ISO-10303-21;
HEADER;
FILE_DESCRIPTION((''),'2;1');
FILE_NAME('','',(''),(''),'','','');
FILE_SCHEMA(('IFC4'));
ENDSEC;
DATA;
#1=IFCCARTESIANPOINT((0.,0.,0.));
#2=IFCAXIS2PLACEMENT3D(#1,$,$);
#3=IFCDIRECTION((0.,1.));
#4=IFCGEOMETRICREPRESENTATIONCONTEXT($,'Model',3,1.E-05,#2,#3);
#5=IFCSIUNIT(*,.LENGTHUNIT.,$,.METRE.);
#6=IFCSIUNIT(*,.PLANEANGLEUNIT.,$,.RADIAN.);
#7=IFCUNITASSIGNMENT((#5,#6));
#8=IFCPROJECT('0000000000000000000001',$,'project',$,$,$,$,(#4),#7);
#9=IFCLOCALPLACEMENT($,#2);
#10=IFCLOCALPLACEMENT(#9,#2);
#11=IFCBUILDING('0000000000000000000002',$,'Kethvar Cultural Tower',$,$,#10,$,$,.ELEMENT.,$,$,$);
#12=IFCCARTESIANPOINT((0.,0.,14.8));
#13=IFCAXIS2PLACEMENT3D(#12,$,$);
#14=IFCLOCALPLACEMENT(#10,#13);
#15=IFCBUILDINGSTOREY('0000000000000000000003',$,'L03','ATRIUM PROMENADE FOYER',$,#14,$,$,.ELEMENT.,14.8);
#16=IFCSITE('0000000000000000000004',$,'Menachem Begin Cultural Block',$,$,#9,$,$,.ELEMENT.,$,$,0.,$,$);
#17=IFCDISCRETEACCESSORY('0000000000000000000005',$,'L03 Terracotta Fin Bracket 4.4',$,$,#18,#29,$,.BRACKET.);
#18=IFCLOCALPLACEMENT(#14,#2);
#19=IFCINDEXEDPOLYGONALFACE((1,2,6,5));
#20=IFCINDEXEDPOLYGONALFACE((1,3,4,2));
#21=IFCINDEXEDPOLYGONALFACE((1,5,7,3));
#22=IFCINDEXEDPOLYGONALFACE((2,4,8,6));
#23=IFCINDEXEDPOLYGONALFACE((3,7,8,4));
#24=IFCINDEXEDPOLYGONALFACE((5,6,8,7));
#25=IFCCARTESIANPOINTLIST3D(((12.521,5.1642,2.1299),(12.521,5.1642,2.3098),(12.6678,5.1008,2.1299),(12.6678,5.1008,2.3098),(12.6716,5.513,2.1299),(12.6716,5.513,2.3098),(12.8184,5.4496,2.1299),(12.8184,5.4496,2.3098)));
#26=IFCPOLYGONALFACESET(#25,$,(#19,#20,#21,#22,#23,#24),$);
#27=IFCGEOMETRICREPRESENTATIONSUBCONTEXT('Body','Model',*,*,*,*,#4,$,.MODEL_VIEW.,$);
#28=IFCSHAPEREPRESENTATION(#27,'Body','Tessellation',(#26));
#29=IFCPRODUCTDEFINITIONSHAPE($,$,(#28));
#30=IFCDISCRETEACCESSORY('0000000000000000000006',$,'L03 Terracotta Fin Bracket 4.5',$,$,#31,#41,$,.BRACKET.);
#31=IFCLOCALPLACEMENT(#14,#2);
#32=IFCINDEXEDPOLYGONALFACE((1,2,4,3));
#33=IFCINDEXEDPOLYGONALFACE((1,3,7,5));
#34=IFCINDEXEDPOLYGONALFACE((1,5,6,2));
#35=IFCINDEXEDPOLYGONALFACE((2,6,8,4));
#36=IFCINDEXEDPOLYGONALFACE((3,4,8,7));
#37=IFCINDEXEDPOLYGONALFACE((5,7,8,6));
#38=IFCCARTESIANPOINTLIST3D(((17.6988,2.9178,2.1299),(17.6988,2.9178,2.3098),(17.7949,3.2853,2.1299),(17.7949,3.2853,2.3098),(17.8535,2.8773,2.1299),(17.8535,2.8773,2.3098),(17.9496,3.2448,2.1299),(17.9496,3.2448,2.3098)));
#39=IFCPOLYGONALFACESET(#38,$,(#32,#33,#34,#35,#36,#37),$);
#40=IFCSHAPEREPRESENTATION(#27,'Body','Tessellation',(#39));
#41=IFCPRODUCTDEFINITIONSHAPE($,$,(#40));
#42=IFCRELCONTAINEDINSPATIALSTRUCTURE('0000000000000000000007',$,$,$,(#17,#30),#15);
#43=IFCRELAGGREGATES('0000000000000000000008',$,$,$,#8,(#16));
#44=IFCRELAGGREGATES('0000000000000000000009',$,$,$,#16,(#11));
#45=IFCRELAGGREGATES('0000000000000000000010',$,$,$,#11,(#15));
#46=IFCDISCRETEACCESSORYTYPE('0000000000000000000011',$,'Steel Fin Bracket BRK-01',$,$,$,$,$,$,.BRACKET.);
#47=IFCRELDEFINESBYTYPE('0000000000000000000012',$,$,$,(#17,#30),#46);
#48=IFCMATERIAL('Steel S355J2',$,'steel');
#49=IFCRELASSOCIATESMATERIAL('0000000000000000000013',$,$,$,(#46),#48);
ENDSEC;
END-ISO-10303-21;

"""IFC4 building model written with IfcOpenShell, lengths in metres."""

from ifc_helpers import new_model, si_unit, direction, frame, origin, origin_2d, place, context, subcontext, project, spatial, rectangle, extrude, source, transform, mapped, material, type_object, element, save


model = new_model("IFC4")

# Units and contexts
model_context = context("Model", 3, precision=1e-05, world=origin(), true_north=direction((0.0, 1.0)))
body_context = subcontext(model_context, "Body", "Model", "MODEL_VIEW")
ifc_project = project(units=[si_unit("LENGTHUNIT", "METRE"), si_unit("PLANEANGLEUNIT", "RADIAN")], contexts=[model_context])

# Site, building, storey
site_placement = place(None, origin())
site = spatial("IfcSite", under=ifc_project, at=site_placement, Name="Menachem Begin Cultural Block", CompositionType="ELEMENT", RefElevation=0.0)
building_placement = place(site_placement, origin())
building = spatial("IfcBuilding", under=site, at=building_placement, Name="Kethvar Cultural Tower", CompositionType="ELEMENT")
storey_placement = place(building_placement, frame((0.0, 0.0, 14.8)))
storey = spatial("IfcBuildingStorey", under=building, at=storey_placement, Name="L03", Description="ATRIUM PROMENADE FOYER", CompositionType="ELEMENT", Elevation=14.8)

# Shared definitions
ifc_material_1 = material(Name="Steel S355J2", Category="steel")

# Discrete accessories
discrete_accessory_type = type_object("IfcDiscreteAccessoryType", Name="Steel Fin Bracket BRK-01", PredefinedType="BRACKET", material=ifc_material_1)
shared_shape_1 = source(origin(), body_context, "Body", "SweptSolid", [
    extrude(rectangle(XDim=0.3799, YDim=0.1599, at=origin_2d()), origin(), (0.0, 0.0, 1.0), 0.1799),
])
for number, where, z_axis, x_axis, name in (
    (1, (12.6697, 5.3069, 2.1299), (0.0, 0.0, 1.0), (-0.396347, -0.918101, 0.0), "L03 Terracotta Fin Bracket 4.4"),
    (2, (17.8242, 3.0813, 2.1299), (0.0, 0.0, 1.0), (-0.253083, -0.967445, 0.0), "L03 Terracotta Fin Bracket 4.5"),
):
    element("IfcDiscreteAccessory", number, at=place(storey_placement, frame(where, z_axis=z_axis, x_axis=x_axis)), inside=storey, type_object=discrete_accessory_type, Name=name, PredefinedType="BRACKET", context=body_context, shape_type="MappedRepresentation", body=[
        mapped(shared_shape_1, transform((0.0, 0.0, 0.0), scale=1.0)),
    ])

save(model, "model.ifc")
